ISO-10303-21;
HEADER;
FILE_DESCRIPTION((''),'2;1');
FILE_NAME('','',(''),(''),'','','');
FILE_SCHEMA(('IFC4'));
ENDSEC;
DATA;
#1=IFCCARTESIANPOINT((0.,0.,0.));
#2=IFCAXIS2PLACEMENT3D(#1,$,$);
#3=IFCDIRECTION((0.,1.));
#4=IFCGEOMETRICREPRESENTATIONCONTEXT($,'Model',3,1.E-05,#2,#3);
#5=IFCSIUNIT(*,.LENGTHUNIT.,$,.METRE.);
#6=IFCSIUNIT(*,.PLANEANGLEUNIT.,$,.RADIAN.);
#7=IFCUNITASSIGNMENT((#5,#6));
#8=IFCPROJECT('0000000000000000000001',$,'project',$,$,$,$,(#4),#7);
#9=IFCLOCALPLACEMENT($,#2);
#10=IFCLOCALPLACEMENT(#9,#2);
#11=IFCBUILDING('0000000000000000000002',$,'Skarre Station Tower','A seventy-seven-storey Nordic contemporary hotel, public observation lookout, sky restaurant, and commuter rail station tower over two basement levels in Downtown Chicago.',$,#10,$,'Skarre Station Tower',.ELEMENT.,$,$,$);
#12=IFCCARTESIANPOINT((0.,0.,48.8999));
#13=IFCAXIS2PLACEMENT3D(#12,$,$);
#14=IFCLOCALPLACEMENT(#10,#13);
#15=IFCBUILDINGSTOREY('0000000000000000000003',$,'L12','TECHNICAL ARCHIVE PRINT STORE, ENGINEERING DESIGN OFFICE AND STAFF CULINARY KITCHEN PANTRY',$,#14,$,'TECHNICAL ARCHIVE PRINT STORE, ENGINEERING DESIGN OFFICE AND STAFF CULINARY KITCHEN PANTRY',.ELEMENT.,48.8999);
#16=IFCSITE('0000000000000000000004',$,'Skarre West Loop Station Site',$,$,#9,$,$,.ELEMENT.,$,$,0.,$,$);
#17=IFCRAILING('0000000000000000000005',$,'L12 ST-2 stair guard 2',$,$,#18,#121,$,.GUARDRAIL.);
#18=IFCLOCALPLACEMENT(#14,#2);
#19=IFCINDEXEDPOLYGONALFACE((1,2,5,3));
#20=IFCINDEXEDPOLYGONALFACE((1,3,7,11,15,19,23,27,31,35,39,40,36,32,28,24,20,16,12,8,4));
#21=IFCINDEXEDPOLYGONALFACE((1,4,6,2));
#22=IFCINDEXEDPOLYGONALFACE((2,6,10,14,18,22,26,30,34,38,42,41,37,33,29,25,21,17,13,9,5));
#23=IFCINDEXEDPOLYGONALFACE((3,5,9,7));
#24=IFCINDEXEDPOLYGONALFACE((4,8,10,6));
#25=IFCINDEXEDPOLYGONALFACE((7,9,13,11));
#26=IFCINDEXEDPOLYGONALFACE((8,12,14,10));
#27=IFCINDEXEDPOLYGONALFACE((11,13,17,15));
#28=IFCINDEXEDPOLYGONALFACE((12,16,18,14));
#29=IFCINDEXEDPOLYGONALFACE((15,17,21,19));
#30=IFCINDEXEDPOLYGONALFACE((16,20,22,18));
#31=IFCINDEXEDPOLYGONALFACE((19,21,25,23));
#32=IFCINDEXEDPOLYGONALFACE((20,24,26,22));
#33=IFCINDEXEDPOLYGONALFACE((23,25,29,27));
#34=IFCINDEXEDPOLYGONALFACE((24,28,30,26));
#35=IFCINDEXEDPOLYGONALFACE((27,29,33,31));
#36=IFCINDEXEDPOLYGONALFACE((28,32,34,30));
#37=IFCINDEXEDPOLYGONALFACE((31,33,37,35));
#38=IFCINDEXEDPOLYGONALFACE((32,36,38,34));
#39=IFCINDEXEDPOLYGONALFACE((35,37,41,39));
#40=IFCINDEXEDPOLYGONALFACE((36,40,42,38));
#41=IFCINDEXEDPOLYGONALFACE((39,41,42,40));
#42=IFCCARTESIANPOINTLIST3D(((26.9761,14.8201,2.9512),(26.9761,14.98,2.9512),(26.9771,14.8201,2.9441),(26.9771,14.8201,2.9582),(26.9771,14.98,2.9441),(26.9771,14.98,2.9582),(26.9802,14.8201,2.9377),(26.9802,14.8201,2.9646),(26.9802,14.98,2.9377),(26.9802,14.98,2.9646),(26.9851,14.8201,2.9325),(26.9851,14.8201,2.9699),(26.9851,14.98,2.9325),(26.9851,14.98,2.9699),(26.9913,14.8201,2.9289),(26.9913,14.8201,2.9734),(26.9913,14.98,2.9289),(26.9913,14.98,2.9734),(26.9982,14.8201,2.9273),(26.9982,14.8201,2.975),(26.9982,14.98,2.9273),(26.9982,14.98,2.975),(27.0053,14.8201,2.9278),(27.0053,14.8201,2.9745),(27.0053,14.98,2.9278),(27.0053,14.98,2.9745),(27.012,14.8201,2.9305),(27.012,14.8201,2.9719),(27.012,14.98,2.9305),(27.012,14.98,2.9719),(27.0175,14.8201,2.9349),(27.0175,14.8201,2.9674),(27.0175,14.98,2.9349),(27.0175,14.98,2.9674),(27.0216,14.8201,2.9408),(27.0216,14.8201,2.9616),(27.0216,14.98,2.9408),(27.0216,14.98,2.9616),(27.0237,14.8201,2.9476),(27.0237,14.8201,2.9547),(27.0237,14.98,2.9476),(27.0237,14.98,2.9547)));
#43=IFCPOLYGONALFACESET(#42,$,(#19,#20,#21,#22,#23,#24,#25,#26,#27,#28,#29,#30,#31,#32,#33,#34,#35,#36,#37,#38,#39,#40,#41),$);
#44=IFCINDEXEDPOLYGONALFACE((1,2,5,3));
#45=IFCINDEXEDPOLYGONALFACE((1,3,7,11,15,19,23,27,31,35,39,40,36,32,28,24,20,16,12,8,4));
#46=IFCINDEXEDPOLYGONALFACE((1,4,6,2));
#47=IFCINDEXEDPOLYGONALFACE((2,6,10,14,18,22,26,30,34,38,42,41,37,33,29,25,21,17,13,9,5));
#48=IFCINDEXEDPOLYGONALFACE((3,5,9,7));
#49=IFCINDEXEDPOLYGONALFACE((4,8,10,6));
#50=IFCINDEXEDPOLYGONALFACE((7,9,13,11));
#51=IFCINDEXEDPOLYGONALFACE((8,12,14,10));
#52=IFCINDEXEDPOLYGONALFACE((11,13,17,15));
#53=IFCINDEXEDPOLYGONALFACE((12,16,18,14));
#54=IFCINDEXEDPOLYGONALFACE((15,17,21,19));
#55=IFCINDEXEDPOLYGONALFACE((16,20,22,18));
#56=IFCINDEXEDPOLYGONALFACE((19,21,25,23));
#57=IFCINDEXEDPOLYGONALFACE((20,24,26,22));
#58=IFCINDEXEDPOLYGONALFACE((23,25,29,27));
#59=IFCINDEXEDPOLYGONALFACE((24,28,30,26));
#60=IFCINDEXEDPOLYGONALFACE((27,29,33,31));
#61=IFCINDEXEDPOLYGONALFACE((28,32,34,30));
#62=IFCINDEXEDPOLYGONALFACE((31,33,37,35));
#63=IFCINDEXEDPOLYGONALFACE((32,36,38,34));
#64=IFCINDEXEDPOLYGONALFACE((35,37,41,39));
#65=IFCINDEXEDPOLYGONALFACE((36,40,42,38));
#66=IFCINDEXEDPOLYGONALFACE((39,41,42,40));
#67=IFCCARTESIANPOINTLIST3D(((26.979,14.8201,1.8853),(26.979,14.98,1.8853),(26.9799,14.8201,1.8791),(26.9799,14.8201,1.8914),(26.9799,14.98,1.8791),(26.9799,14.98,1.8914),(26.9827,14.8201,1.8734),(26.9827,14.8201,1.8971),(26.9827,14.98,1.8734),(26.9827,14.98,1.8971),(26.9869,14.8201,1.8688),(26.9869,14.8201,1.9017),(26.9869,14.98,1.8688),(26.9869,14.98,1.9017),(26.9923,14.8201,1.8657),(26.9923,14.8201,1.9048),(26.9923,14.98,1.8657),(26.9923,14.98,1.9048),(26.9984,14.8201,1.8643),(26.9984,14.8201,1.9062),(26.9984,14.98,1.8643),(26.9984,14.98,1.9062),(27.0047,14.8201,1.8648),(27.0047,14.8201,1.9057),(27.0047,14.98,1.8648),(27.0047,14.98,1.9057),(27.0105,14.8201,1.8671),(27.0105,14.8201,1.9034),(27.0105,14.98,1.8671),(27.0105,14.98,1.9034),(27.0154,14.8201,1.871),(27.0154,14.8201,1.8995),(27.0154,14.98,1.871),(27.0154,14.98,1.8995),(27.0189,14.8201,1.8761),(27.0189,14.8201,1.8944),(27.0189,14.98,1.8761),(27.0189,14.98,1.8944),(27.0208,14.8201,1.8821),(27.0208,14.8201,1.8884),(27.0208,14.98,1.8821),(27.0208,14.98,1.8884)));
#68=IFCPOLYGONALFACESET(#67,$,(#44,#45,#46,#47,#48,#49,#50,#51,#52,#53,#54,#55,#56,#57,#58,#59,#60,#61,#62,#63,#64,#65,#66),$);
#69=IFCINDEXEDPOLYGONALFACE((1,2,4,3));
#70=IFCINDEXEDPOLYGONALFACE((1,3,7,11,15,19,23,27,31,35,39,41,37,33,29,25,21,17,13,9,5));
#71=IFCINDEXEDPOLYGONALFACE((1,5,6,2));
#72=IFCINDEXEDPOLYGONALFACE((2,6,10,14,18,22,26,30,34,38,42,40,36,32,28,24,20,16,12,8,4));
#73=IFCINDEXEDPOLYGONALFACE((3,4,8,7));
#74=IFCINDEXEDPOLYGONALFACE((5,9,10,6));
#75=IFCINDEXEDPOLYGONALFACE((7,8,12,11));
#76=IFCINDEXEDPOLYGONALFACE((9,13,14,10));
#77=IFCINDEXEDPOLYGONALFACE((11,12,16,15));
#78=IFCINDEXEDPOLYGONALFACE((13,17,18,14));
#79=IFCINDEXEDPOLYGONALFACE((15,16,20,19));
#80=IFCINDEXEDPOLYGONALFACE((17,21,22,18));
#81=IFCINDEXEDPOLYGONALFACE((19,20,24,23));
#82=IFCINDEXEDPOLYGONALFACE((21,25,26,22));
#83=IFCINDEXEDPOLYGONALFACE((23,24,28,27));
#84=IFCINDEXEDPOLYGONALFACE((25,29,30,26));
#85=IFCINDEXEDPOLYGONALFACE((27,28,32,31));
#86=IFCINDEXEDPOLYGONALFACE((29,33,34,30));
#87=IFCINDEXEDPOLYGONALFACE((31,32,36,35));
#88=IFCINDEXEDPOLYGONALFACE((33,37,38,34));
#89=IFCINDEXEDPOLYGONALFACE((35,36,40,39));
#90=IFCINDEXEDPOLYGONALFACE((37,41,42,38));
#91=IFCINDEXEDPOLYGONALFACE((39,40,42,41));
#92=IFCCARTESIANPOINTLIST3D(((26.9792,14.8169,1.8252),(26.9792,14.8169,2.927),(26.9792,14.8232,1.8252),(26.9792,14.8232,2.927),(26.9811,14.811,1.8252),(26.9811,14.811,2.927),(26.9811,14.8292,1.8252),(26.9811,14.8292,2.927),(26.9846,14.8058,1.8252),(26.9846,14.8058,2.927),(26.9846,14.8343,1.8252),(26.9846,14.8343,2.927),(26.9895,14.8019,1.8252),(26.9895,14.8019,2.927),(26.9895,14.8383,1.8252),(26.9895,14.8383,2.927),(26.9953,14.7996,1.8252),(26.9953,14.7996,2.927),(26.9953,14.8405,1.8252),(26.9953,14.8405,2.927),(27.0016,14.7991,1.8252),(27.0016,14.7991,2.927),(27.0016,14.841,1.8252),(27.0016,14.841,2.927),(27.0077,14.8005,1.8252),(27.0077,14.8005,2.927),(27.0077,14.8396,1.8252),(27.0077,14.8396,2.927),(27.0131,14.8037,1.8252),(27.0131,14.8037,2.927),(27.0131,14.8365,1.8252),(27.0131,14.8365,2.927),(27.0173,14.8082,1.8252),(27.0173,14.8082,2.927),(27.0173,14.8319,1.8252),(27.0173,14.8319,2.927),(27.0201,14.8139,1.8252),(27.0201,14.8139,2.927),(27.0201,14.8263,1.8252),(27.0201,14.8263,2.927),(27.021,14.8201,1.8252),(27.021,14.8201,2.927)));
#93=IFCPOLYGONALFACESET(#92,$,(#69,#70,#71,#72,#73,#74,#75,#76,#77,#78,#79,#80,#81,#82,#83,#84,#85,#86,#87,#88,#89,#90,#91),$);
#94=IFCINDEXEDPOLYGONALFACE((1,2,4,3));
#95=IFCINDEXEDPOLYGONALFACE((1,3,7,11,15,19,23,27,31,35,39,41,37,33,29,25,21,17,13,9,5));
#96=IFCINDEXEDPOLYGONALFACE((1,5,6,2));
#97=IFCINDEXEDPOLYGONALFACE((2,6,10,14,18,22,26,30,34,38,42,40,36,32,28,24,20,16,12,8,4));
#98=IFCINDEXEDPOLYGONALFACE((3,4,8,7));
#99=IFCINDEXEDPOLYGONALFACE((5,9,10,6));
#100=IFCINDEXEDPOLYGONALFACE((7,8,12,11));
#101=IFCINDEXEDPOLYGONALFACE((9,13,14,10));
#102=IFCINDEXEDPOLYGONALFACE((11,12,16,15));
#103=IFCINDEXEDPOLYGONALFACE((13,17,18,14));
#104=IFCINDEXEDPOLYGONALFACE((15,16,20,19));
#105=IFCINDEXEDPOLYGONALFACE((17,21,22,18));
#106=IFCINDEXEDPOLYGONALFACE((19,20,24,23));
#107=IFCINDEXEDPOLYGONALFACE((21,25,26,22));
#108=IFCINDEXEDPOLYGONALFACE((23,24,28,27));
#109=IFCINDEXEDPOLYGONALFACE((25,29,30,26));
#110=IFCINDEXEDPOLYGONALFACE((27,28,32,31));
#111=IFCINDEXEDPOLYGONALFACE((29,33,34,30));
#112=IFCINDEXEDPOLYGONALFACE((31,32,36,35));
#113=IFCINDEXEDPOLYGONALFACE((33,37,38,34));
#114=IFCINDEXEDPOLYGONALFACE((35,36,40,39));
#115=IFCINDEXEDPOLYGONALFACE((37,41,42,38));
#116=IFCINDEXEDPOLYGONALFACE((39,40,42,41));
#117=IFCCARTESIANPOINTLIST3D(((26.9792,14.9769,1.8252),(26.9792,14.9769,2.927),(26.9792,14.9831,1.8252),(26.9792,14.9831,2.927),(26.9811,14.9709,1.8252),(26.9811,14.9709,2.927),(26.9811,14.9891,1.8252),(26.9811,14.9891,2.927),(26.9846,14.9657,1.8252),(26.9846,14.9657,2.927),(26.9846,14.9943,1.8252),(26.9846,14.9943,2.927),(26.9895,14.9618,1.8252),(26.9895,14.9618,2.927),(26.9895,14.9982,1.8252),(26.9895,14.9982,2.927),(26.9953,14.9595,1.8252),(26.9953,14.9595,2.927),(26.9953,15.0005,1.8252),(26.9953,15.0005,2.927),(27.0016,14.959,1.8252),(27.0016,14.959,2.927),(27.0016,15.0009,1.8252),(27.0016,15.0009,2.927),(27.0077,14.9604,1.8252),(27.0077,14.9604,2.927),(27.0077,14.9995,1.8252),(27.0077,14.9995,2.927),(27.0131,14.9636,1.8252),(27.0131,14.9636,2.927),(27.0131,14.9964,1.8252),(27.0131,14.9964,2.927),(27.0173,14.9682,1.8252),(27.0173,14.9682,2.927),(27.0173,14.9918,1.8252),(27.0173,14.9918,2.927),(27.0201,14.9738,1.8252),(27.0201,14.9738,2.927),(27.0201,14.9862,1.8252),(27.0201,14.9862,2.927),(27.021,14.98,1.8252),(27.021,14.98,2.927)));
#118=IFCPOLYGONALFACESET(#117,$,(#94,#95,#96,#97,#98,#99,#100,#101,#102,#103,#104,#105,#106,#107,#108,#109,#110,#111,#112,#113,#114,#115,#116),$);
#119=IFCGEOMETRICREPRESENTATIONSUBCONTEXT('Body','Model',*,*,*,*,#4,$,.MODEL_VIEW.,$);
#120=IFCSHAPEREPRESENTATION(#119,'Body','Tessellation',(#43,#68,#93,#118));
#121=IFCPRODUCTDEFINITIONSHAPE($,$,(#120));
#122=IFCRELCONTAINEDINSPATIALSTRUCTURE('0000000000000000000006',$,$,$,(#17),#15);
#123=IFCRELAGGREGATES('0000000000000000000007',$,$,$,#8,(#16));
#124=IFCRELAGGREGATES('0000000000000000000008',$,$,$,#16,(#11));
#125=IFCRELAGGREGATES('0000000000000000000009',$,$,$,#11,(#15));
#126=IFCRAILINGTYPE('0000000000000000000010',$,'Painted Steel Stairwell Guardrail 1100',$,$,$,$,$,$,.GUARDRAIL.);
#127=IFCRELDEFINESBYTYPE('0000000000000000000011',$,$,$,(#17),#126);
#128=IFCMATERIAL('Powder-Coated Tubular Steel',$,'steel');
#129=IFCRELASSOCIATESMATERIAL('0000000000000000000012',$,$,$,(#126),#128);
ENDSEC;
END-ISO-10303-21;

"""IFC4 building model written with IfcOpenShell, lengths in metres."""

from ifc_helpers import new_model, si_unit, direction, frame, origin, origin_2d, place, context, subcontext, project, spatial, circle, extrude, material, type_object, element, save


model = new_model("IFC4")

# Units and contexts
model_context = context("Model", 3, precision=1e-05, world=origin(), true_north=direction((0.0, 1.0)))
body_context = subcontext(model_context, "Body", "Model", "MODEL_VIEW")
ifc_project = project(units=[si_unit("LENGTHUNIT", "METRE"), si_unit("PLANEANGLEUNIT", "RADIAN")], contexts=[model_context])

# Site, building, storey
site_placement = place(None, origin())
site = spatial("IfcSite", under=ifc_project, at=site_placement, Name="Skarre West Loop Station Site", CompositionType="ELEMENT", RefElevation=0.0)
building_placement = place(site_placement, origin())
building = spatial("IfcBuilding", under=site, at=building_placement, Name="Skarre Station Tower", Description="A seventy-seven-storey Nordic contemporary hotel, public observation lookout, sky restaurant, and commuter rail station tower over two basement levels in Downtown Chicago.", LongName="Skarre Station Tower", CompositionType="ELEMENT")
storey_placement = place(building_placement, frame((0.0, 0.0, 48.8999)))
storey = spatial("IfcBuildingStorey", under=building, at=storey_placement, Name="L12", Description="TECHNICAL ARCHIVE PRINT STORE, ENGINEERING DESIGN OFFICE AND STAFF CULINARY KITCHEN PANTRY", LongName="TECHNICAL ARCHIVE PRINT STORE, ENGINEERING DESIGN OFFICE AND STAFF CULINARY KITCHEN PANTRY", CompositionType="ELEMENT", Elevation=48.8999)

# Railing
ifc_material_1 = material(Name="Powder-Coated Tubular Steel", Category="steel")
railing_type_1 = type_object("IfcRailingType", Name="Painted Steel Stairwell Guardrail 1100", PredefinedType="GUARDRAIL", material=ifc_material_1)
railing_1_placement = place(storey_placement, frame((27.0, 14.8201, 1.8252)))
element("IfcRailing", 1, at=railing_1_placement, inside=storey, type_object=railing_type_1, Name="L12 ST-2 stair guard 2", PredefinedType="GUARDRAIL", context=body_context, shape_type="SweptSolid", body=[
    extrude(circle(Radius=0.0239, at=origin_2d()), frame((0.0, 0.0, 1.126), z_axis=(0.0, 1.0, 0.0), x_axis=(-1.0, 0.0, 0.0)), (0.0, 0.0, 1.0), 0.1599),
    extrude(circle(Radius=0.021, at=origin_2d()), frame((0.0, 0.0, 0.0601), z_axis=(0.0, 1.0, 0.0), x_axis=(-1.0, 0.0, 0.0)), (0.0, 0.0, 1.0), 0.1599),
    extrude(circle(Radius=0.021, at=origin_2d()), origin(), (0.0, 0.0, 1.0), 1.1018),
    extrude(circle(Radius=0.021, at=origin_2d()), frame((0.0, 0.1599, 0.0)), (0.0, 0.0, 1.0), 1.1018),
])

save(model, "model.ifc")
